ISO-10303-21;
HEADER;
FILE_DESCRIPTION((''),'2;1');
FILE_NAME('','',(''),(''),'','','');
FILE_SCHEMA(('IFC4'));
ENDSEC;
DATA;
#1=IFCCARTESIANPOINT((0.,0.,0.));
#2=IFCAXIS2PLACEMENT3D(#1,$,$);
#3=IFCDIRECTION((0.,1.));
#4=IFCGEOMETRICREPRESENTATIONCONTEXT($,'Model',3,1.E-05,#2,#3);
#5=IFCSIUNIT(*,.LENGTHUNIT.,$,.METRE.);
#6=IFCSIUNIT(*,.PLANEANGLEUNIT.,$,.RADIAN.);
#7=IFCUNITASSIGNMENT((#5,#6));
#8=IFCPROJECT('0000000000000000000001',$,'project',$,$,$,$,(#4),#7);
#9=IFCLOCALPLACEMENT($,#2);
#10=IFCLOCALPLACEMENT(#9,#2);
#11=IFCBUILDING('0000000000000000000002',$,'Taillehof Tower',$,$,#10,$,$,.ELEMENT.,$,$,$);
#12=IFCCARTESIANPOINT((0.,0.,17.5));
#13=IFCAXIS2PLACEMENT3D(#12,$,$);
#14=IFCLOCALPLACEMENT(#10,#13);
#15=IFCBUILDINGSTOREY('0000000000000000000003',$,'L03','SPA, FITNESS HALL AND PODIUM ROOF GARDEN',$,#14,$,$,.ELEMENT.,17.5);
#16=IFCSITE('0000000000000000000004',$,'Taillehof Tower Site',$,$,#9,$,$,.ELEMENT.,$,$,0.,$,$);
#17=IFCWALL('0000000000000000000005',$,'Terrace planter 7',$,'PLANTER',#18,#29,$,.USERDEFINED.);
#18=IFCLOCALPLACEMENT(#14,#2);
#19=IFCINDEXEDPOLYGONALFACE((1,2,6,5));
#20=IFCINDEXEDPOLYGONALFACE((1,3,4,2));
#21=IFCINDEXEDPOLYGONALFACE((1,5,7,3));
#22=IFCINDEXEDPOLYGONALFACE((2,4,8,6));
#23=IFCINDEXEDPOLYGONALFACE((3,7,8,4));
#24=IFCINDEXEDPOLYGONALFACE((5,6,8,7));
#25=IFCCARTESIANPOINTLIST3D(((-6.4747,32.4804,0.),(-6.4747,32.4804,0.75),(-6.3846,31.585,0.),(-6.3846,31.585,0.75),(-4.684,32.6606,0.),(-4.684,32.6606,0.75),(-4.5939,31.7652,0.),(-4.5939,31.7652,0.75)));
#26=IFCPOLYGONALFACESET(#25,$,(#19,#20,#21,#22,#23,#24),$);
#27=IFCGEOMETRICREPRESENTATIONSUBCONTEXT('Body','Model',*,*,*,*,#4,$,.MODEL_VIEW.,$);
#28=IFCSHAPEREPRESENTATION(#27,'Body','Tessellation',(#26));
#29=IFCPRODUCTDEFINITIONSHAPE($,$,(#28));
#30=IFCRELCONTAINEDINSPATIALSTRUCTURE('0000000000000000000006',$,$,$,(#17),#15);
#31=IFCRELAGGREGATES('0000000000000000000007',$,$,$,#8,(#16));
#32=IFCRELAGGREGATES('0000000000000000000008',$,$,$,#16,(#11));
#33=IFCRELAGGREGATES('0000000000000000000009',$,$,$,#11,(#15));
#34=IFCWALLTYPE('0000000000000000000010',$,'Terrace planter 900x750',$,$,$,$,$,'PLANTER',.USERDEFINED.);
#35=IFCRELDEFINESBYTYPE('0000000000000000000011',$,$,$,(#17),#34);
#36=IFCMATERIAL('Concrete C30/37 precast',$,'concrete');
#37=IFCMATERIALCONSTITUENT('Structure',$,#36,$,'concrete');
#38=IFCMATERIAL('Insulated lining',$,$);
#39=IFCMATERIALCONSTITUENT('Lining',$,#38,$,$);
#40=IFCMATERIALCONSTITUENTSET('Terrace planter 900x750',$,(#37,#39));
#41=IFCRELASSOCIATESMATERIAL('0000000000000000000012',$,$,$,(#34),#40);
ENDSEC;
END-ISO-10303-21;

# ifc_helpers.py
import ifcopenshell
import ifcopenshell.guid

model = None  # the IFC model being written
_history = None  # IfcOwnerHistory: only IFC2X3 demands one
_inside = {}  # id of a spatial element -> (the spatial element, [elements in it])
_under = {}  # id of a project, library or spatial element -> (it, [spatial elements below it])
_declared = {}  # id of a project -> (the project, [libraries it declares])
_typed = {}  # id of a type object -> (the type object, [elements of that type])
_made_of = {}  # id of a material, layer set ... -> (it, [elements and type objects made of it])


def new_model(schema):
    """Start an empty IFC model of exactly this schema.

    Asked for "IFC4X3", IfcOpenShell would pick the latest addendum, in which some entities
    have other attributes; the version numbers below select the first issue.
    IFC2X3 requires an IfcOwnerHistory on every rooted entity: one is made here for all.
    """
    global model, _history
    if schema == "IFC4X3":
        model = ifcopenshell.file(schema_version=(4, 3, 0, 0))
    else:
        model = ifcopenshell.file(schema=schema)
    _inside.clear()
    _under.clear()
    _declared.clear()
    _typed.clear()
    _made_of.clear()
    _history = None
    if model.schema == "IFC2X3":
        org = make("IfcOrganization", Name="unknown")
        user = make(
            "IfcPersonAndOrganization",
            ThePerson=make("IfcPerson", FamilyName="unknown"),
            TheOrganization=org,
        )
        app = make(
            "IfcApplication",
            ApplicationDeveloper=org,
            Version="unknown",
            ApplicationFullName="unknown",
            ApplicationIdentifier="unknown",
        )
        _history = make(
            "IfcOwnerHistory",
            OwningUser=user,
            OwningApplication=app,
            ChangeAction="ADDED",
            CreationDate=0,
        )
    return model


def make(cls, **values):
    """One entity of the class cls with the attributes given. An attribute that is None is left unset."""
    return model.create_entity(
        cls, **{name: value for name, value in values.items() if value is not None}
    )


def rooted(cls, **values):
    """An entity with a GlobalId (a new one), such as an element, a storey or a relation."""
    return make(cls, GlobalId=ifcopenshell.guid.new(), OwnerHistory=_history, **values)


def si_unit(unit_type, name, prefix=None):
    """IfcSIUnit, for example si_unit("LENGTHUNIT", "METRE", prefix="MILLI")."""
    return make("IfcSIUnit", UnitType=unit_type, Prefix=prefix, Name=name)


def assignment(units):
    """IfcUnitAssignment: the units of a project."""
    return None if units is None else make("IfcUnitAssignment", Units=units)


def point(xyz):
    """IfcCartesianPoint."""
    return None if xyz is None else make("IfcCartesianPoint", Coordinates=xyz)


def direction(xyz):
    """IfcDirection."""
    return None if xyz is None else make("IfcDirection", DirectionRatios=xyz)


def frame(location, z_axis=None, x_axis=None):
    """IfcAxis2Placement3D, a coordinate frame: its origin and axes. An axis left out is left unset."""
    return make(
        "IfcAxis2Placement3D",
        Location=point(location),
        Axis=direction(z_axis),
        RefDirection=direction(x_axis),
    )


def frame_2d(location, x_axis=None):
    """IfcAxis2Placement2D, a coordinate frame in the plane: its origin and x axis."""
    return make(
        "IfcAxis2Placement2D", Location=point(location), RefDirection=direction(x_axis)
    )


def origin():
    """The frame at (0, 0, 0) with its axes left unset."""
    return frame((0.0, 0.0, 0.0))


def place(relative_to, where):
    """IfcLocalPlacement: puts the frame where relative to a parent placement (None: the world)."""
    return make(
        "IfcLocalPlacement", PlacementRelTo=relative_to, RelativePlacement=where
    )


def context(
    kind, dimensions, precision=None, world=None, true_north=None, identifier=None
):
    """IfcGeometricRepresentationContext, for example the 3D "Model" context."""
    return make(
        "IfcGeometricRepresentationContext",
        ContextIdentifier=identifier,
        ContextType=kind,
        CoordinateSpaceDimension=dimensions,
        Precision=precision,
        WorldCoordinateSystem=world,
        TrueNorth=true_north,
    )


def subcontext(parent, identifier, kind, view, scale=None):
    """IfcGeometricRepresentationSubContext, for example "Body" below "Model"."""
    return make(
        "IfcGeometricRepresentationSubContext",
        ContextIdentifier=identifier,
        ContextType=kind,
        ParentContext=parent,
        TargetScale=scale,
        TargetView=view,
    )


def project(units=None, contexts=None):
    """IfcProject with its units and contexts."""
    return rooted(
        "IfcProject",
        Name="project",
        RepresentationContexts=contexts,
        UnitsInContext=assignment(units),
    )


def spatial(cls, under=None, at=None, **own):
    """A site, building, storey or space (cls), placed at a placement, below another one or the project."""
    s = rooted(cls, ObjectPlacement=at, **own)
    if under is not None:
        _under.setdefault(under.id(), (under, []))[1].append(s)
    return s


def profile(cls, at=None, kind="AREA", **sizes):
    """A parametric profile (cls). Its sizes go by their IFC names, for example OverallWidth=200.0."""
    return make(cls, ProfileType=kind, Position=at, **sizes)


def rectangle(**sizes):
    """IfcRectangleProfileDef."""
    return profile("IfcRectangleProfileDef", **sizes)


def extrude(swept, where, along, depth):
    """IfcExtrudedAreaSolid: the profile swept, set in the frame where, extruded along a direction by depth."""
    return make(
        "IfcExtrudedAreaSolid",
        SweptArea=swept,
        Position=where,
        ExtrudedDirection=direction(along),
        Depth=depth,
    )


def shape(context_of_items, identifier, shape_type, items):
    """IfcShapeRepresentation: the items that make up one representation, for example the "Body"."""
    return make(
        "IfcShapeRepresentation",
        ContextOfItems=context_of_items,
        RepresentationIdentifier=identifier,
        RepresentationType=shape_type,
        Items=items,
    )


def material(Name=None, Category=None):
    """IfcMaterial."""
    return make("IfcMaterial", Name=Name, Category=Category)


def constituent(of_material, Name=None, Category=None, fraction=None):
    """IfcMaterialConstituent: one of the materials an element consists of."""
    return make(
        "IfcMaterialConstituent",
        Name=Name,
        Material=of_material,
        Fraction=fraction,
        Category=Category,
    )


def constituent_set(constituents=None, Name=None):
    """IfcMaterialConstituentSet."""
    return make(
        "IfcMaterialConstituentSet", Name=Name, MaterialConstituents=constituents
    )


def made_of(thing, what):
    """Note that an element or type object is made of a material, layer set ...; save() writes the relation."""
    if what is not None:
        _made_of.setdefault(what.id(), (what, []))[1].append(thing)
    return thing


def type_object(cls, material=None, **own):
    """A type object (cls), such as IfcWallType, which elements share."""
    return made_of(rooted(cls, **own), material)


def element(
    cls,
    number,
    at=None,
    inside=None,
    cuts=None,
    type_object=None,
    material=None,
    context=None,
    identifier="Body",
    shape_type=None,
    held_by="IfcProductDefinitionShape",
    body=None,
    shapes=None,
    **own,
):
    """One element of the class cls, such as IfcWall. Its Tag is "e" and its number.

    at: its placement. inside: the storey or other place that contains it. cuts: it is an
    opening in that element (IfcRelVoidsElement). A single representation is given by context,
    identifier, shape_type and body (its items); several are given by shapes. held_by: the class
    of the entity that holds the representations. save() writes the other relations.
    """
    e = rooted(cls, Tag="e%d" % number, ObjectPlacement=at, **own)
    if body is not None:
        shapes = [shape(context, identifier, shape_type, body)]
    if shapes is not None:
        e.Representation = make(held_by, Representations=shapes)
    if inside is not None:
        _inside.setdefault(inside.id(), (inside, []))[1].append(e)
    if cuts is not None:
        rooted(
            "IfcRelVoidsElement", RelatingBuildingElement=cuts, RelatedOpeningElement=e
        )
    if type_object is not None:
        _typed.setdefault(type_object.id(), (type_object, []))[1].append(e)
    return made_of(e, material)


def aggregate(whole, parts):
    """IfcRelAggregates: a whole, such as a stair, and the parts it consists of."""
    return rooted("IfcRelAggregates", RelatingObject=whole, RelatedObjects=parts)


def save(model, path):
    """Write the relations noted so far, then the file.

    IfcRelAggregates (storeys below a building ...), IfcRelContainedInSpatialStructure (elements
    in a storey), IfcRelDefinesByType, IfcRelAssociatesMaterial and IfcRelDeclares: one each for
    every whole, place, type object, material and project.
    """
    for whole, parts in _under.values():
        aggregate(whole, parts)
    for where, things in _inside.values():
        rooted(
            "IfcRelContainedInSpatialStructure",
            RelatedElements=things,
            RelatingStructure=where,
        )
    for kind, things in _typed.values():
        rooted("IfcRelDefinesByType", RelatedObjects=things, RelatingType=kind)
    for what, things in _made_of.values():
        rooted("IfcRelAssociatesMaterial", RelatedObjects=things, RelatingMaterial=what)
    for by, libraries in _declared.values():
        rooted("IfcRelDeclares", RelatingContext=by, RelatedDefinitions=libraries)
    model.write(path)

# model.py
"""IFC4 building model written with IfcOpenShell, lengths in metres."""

from ifc_helpers import new_model, si_unit, direction, frame, frame_2d, origin, place, context, subcontext, project, spatial, rectangle, extrude, material, constituent, constituent_set, type_object, element, save


model = new_model("IFC4")

# Units and contexts
model_context = context("Model", 3, precision=1e-05, world=origin(), true_north=direction((0.0, 1.0)))
body_context = subcontext(model_context, "Body", "Model", "MODEL_VIEW")
ifc_project = project(units=[si_unit("LENGTHUNIT", "METRE"), si_unit("PLANEANGLEUNIT", "RADIAN")], contexts=[model_context])

# Site, building, storey
site_placement = place(None, origin())
site = spatial("IfcSite", under=ifc_project, at=site_placement, Name="Taillehof Tower Site", CompositionType="ELEMENT", RefElevation=0.0)
building_placement = place(site_placement, origin())
building = spatial("IfcBuilding", under=site, at=building_placement, Name="Taillehof Tower", CompositionType="ELEMENT")
storey_placement = place(building_placement, frame((0.0, 0.0, 17.5)))
storey = spatial("IfcBuildingStorey", under=building, at=storey_placement, Name="L03", Description="SPA, FITNESS HALL AND PODIUM ROOF GARDEN", CompositionType="ELEMENT", Elevation=17.5)

# Wall
ifc_material_1 = material(Name="Concrete C30/37 precast", Category="concrete")
ifc_constituent_1 = constituent(ifc_material_1, Name="Structure", Category="concrete")
ifc_material_2 = material(Name="Insulated lining")
ifc_constituent_2 = constituent(ifc_material_2, Name="Lining")
ifc_constituent_set_1 = constituent_set(constituents=[ifc_constituent_1, ifc_constituent_2], Name="Terrace planter 900x750")
wall_type_1 = type_object("IfcWallType", Name="Terrace planter 900x750", ElementType="PLANTER", PredefinedType="USERDEFINED", material=ifc_constituent_set_1)
wall_1_placement = place(storey_placement, frame((-4.6389, 32.2129, 0.0), z_axis=(0.0, 0.0, 1.0), x_axis=(-0.994977, -0.100108, 0.0)))
element("IfcWall", 1, at=wall_1_placement, inside=storey, type_object=wall_type_1, Name="Terrace planter 7", ObjectType="PLANTER", PredefinedType="USERDEFINED", context=body_context, shape_type="SweptSolid", body=[
    extrude(rectangle(XDim=1.7998, YDim=0.8999, at=frame_2d((0.8999, 0.0))), origin(), (0.0, 0.0, 1.0), 0.75),
])

save(model, "model.ifc")
